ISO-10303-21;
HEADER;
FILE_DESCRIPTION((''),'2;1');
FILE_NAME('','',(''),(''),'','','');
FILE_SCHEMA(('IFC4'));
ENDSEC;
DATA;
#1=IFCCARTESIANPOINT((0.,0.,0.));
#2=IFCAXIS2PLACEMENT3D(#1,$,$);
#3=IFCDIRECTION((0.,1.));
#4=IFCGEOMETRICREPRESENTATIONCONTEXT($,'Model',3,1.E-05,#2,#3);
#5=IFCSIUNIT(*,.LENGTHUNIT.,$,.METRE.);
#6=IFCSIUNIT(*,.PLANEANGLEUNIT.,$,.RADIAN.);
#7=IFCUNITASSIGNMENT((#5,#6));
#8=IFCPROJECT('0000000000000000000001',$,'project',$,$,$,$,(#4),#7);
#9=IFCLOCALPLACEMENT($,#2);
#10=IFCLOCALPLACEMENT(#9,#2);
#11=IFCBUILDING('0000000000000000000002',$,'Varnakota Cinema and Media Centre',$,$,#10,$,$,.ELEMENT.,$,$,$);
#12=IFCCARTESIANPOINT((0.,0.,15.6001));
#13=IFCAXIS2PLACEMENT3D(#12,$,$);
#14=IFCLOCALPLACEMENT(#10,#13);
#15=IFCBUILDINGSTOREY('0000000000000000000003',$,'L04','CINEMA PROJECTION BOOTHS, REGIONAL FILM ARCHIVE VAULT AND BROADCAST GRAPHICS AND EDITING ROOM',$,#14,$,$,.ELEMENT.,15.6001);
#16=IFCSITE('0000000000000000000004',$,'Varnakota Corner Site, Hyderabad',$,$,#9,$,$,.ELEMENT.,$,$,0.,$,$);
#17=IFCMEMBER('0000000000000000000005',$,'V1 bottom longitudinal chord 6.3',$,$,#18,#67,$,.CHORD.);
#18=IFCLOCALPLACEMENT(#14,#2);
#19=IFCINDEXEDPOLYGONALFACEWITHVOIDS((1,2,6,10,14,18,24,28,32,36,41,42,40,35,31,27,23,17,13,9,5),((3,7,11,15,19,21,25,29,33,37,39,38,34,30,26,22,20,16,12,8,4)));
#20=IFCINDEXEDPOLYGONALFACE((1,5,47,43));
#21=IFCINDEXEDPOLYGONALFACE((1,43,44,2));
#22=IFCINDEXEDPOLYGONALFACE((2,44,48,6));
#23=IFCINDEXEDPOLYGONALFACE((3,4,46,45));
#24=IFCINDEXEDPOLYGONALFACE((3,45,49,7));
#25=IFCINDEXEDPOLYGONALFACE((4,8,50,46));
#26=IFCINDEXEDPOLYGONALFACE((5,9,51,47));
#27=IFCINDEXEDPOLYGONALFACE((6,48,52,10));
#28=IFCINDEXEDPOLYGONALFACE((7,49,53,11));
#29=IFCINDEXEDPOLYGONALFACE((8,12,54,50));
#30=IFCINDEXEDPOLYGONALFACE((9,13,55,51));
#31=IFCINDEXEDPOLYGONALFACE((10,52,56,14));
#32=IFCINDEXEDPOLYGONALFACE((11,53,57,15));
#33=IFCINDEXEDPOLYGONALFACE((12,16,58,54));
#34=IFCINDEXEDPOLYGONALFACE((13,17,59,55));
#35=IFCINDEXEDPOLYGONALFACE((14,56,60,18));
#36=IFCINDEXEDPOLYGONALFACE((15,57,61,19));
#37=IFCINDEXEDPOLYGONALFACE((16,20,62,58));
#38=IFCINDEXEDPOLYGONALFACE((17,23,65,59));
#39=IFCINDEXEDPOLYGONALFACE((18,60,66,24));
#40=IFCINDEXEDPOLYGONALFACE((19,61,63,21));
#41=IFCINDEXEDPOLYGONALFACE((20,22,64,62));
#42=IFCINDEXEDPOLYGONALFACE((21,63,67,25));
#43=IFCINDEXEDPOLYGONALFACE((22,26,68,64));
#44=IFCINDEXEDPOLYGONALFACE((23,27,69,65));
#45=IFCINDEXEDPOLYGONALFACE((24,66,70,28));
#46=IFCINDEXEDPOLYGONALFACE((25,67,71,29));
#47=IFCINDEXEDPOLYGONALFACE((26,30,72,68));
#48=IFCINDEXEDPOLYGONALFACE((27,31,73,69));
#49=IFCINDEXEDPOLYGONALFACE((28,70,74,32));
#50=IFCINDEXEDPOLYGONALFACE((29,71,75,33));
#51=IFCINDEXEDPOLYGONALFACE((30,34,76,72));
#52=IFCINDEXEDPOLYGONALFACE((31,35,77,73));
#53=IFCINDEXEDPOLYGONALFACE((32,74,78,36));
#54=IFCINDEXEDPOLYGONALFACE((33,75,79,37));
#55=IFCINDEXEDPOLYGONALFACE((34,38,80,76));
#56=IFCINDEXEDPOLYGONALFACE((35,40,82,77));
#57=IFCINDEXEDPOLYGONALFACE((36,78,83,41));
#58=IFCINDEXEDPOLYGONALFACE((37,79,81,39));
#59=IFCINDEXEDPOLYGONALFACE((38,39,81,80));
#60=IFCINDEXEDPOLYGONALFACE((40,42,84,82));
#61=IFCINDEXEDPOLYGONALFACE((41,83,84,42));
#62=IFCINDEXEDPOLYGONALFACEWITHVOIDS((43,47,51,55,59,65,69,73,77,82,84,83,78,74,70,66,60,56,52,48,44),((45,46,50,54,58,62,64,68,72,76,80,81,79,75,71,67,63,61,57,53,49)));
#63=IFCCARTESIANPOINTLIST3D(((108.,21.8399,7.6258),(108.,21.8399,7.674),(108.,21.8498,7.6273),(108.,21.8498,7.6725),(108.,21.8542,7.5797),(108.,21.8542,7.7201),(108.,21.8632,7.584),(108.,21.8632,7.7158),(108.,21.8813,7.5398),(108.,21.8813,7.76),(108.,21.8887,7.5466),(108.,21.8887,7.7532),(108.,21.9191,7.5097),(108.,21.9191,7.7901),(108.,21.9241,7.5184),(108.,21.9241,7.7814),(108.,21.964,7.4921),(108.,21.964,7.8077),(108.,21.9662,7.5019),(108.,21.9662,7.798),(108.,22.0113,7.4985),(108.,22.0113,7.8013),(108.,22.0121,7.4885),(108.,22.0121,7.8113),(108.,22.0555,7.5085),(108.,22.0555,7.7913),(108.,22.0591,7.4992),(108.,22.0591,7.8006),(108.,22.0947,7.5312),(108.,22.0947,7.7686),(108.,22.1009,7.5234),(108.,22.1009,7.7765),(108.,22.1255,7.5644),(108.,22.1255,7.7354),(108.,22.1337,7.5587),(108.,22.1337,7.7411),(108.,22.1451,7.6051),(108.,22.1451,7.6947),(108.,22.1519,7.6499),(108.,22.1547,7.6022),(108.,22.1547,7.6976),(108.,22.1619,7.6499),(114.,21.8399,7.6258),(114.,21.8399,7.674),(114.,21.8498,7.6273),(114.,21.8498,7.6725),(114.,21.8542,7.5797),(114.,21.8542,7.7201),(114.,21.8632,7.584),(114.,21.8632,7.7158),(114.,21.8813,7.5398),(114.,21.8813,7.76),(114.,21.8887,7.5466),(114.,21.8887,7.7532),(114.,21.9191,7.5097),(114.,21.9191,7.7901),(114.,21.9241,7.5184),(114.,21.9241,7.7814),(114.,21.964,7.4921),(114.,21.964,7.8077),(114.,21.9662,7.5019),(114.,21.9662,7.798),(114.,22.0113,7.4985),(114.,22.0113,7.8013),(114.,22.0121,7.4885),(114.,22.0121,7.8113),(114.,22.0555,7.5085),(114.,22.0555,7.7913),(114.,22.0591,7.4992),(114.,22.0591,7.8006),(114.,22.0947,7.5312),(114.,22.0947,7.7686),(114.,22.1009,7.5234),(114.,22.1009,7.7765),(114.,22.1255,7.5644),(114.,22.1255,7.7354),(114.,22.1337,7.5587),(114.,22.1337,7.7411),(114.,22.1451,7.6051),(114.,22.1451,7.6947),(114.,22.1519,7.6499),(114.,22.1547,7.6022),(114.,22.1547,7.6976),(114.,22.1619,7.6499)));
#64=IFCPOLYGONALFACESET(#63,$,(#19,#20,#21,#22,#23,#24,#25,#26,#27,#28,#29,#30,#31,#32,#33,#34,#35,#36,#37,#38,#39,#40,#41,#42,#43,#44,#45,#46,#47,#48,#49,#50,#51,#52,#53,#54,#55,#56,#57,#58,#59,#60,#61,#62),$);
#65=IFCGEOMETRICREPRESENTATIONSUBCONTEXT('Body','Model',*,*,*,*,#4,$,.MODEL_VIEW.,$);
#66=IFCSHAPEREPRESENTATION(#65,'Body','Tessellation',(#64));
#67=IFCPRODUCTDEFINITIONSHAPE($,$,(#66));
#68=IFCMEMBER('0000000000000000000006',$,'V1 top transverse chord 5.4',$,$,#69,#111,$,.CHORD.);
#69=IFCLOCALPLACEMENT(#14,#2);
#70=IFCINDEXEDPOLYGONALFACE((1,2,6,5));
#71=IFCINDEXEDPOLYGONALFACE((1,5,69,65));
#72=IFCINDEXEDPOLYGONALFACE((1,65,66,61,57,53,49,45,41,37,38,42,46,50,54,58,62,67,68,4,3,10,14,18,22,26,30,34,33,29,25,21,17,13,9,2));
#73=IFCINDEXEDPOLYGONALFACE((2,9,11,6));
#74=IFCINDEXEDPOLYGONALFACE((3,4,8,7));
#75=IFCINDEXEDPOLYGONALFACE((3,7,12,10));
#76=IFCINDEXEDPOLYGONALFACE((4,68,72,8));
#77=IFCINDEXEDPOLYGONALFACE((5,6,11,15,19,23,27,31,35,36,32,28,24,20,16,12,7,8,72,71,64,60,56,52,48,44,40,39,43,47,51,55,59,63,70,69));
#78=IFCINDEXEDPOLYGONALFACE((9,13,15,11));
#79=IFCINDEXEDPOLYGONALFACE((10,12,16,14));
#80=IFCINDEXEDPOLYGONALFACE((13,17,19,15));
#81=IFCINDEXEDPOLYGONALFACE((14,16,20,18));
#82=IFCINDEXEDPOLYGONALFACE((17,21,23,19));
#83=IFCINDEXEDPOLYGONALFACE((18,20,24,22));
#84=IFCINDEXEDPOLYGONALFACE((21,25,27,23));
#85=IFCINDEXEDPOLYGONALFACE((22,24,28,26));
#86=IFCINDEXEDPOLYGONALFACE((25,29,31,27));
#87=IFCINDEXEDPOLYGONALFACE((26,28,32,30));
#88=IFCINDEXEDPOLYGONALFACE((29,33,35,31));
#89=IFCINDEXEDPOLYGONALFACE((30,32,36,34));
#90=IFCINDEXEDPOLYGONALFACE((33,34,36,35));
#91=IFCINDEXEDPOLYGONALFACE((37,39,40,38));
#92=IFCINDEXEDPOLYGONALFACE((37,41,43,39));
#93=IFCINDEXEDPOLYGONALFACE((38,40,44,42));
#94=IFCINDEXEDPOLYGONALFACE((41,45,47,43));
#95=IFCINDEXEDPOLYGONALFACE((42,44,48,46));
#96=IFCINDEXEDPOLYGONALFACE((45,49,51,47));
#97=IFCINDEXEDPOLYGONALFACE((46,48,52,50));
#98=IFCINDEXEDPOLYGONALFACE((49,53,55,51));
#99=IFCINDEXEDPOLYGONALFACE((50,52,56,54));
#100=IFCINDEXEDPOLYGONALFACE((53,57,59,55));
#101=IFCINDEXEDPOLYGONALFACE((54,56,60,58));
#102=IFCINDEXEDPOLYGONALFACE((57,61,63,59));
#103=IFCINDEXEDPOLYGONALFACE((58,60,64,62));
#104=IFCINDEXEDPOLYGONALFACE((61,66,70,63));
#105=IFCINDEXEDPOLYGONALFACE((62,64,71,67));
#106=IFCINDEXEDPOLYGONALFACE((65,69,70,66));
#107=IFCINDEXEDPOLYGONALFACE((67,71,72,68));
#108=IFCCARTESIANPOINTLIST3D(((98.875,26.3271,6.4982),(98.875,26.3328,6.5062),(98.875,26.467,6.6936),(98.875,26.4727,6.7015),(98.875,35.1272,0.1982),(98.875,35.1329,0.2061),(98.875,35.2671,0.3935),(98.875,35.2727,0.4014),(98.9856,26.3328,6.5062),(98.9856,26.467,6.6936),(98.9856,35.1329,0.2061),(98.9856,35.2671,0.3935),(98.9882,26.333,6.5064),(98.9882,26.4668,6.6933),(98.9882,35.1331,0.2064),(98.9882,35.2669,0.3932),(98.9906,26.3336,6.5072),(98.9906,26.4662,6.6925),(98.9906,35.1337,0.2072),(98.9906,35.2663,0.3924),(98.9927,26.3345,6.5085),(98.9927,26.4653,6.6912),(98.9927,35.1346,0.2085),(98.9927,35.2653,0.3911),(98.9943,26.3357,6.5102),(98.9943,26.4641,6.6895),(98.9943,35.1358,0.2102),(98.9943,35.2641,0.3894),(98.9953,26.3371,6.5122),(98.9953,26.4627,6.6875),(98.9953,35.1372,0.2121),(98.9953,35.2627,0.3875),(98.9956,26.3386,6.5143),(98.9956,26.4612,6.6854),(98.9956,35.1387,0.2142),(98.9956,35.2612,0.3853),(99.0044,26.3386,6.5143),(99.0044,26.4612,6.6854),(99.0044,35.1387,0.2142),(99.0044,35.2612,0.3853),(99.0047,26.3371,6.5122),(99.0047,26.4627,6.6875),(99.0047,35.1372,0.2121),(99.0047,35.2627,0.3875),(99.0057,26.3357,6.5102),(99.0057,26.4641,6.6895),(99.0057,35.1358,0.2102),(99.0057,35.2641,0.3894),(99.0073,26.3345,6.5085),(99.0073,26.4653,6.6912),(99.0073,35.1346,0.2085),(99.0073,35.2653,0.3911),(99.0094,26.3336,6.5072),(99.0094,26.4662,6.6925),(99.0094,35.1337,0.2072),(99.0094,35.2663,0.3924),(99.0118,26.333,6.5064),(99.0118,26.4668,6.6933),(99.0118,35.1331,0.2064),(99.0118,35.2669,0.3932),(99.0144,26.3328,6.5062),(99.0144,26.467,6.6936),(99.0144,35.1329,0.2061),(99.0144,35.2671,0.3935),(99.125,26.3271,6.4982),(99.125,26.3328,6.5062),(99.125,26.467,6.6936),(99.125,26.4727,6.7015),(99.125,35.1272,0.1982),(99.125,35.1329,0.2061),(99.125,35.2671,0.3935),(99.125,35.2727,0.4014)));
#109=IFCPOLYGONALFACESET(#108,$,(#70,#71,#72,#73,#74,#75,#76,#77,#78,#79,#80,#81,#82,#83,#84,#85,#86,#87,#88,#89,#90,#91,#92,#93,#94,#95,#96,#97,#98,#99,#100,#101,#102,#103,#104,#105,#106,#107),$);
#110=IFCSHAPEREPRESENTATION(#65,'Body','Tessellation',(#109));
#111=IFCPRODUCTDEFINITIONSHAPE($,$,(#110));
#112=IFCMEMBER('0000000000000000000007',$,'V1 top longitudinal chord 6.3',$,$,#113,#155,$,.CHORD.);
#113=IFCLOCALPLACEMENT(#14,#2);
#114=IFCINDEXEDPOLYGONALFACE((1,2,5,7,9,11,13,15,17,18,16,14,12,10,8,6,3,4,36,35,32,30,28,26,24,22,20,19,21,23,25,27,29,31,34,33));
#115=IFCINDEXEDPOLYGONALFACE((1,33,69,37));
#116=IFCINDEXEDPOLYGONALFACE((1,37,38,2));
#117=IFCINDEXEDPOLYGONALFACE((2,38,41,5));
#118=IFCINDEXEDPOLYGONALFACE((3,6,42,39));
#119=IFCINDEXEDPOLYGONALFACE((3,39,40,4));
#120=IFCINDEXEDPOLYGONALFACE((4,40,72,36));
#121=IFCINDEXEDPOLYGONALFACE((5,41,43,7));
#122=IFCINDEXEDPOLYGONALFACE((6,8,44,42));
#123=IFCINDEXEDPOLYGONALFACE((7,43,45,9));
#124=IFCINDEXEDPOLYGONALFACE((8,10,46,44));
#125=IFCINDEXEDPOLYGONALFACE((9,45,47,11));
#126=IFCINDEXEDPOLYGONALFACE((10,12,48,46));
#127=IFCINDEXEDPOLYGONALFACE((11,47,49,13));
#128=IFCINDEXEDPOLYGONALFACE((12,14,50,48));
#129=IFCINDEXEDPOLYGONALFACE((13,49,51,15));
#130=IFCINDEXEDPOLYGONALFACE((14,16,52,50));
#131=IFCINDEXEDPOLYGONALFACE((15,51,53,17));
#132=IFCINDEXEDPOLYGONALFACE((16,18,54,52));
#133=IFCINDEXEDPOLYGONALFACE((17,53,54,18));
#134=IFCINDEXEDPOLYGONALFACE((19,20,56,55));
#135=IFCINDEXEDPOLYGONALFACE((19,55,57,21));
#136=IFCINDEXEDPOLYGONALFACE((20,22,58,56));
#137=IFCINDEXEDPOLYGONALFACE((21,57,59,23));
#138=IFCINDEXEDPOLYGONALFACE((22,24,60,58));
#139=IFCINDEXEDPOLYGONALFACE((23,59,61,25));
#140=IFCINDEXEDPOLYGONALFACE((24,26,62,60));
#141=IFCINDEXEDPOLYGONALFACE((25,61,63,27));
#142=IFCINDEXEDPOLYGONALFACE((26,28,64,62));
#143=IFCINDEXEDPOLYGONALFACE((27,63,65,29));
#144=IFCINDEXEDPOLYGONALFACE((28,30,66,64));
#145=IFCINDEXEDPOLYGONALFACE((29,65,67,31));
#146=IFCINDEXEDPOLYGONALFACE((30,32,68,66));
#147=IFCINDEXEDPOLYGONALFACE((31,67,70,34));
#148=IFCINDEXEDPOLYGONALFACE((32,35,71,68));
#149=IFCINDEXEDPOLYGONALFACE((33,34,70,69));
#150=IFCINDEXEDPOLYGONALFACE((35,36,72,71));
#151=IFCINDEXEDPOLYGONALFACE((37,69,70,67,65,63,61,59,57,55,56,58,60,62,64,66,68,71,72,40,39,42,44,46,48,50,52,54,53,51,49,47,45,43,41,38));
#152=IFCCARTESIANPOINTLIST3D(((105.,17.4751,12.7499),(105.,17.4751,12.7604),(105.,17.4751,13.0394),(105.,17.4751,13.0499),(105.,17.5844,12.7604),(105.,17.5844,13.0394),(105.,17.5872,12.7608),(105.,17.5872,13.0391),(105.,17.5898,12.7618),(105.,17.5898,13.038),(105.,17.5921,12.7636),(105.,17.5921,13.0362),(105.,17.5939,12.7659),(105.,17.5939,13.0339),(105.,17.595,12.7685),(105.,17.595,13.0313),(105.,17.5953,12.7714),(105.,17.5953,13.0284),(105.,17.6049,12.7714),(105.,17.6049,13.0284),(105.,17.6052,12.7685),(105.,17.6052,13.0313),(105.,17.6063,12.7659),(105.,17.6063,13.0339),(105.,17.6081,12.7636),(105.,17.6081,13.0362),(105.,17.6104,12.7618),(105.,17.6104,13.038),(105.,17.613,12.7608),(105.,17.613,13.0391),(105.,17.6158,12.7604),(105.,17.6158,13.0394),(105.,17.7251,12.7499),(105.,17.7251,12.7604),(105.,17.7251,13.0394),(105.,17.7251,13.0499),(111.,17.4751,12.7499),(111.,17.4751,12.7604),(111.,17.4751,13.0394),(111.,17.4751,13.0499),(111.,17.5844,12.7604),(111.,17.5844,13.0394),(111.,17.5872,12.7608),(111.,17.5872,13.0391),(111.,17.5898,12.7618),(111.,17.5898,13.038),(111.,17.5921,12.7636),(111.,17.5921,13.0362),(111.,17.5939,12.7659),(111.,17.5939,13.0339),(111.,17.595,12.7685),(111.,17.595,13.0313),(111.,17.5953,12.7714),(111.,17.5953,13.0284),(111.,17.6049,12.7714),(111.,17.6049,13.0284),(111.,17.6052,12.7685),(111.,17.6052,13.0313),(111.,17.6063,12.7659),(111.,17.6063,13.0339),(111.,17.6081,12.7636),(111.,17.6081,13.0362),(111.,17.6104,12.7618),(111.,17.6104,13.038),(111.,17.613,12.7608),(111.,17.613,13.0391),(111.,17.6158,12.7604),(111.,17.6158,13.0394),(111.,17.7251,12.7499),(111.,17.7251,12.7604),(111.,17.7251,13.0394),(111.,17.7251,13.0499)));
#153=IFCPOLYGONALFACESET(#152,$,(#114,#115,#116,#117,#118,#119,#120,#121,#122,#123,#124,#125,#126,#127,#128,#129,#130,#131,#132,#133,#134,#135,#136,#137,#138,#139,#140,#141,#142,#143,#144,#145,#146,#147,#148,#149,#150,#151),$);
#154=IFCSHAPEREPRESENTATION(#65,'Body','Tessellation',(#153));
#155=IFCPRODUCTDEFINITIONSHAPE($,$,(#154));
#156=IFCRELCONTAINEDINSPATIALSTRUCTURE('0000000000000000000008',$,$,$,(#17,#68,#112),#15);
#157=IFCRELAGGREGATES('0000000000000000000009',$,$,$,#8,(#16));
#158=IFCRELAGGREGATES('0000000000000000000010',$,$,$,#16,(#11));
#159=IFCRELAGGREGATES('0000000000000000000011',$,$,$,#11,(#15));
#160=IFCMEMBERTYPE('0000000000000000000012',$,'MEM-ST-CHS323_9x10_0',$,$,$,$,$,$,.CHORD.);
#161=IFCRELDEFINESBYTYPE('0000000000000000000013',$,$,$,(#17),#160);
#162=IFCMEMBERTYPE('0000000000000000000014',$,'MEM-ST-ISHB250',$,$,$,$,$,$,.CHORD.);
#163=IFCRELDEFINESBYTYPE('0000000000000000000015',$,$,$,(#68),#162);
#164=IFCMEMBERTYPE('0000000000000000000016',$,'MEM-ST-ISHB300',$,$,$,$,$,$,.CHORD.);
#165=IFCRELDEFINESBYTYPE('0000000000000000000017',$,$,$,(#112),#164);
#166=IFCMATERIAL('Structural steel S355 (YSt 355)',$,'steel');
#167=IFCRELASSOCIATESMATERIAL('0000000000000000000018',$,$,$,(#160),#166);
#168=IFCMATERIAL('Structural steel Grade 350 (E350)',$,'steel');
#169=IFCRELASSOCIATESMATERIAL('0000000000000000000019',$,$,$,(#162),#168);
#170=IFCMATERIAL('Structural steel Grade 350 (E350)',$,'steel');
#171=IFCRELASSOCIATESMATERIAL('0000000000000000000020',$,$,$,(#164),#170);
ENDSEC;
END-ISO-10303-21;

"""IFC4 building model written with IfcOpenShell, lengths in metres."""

from ifc_helpers import new_model, si_unit, direction, frame, origin, origin_2d, place, context, subcontext, project, spatial, hollow_circle, i_section, extrude, material, material_profile, profile_set, type_object, element, save


model = new_model("IFC4")

# Units and contexts
model_context = context("Model", 3, precision=1e-05, world=origin(), true_north=direction((0.0, 1.0)))
body_context = subcontext(model_context, "Body", "Model", "MODEL_VIEW")
ifc_project = project(units=[si_unit("LENGTHUNIT", "METRE"), si_unit("PLANEANGLEUNIT", "RADIAN")], contexts=[model_context])

# Site, building, storey
site_placement = place(None, origin())
site = spatial("IfcSite", under=ifc_project, at=site_placement, Name="Varnakota Corner Site, Hyderabad", CompositionType="ELEMENT", RefElevation=0.0)
building_placement = place(site_placement, origin())
building = spatial("IfcBuilding", under=site, at=building_placement, Name="Varnakota Cinema and Media Centre", CompositionType="ELEMENT")
storey_placement = place(building_placement, frame((0.0, 0.0, 15.6001)))
storey = spatial("IfcBuildingStorey", under=building, at=storey_placement, Name="L04", Description="CINEMA PROJECTION BOOTHS, REGIONAL FILM ARCHIVE VAULT AND BROADCAST GRAPHICS AND EDITING ROOM", CompositionType="ELEMENT", Elevation=15.6001)

# Members
ifc_material_1 = material(Name="Structural steel S355 (YSt 355)", Category="steel")
ifc_material_profile_1 = material_profile(ifc_material_1, hollow_circle(Radius=0.1619, WallThickness=0.01, at=origin_2d()), Name="CHS 323.9x10.0")
ifc_profile_set_1 = profile_set([ifc_material_profile_1], Name="Structural steel S355 (YSt 355)")
member_type_1 = type_object("IfcMemberType", Name="MEM-ST-CHS323_9x10_0", PredefinedType="CHORD", material=ifc_profile_set_1)
for number, where, z_axis, x_axis, name in (
    (1, (108.0, 22.0, 7.6499), (1.0, 0.0, 0.0), (0.0, 1.0, 0.0), "V1 bottom longitudinal chord 6.3"),
):
    element("IfcMember", number, at=place(storey_placement, frame(where, z_axis=z_axis, x_axis=x_axis)), inside=storey, type_object=member_type_1, Name=name, PredefinedType="CHORD", context=body_context, shape_type="SweptSolid", body=[
        extrude(hollow_circle(Radius=0.1619, WallThickness=0.01, at=origin_2d()), origin(), (0.0, 0.0, 1.0), 6.0),
    ])
ifc_material_2 = material(Name="Structural steel Grade 350 (E350)", Category="steel")
ifc_material_profile_2 = material_profile(ifc_material_2, i_section(OverallWidth=0.25, OverallDepth=0.25, WebThickness=0.0088, FlangeThickness=0.0098, FilletRadius=0.01, at=origin_2d()), Name="ISHB 250")
ifc_profile_set_2 = profile_set([ifc_material_profile_2], Name="Structural steel Grade 350 (E350)")
member_type_2 = type_object("IfcMemberType", Name="MEM-ST-ISHB250", PredefinedType="CHORD", material=ifc_profile_set_2)
member_1_placement = place(storey_placement, frame((99.0, 26.3999, 6.5999), z_axis=(0.0, 0.813108, -0.582113), x_axis=(-1.0, 0.0, 0.0)))
element("IfcMember", 2, at=member_1_placement, inside=storey, type_object=member_type_2, Name="V1 top transverse chord 5.4", PredefinedType="CHORD", context=body_context, shape_type="SweptSolid", body=[
    extrude(i_section(OverallWidth=0.25, OverallDepth=0.25, WebThickness=0.0088, FlangeThickness=0.0098, FilletRadius=0.01, at=origin_2d()), origin(), (0.0, 0.0, 1.0), 10.8228),
])
ifc_material_3 = material(Name="Structural steel Grade 350 (E350)", Category="steel")
ifc_material_profile_3 = material_profile(ifc_material_3, i_section(OverallWidth=0.25, OverallDepth=0.3, WebThickness=0.0095, FlangeThickness=0.0105, FilletRadius=0.011, at=origin_2d()), Name="ISHB 300")
ifc_profile_set_3 = profile_set([ifc_material_profile_3], Name="Structural steel Grade 350 (E350)")
member_type_3 = type_object("IfcMemberType", Name="MEM-ST-ISHB300", PredefinedType="CHORD", material=ifc_profile_set_3)
member_2_placement = place(storey_placement, frame((105.0, 17.6001, 12.8999), z_axis=(1.0, 0.0, 0.0), x_axis=(0.0, 1.0, 0.0)))
element("IfcMember", 3, at=member_2_placement, inside=storey, type_object=member_type_3, Name="V1 top longitudinal chord 6.3", PredefinedType="CHORD", context=body_context, shape_type="SweptSolid", body=[
    extrude(i_section(OverallWidth=0.25, OverallDepth=0.3, WebThickness=0.0095, FlangeThickness=0.0105, FilletRadius=0.011, at=origin_2d()), origin(), (0.0, 0.0, 1.0), 6.0),
])

save(model, "model.ifc")
